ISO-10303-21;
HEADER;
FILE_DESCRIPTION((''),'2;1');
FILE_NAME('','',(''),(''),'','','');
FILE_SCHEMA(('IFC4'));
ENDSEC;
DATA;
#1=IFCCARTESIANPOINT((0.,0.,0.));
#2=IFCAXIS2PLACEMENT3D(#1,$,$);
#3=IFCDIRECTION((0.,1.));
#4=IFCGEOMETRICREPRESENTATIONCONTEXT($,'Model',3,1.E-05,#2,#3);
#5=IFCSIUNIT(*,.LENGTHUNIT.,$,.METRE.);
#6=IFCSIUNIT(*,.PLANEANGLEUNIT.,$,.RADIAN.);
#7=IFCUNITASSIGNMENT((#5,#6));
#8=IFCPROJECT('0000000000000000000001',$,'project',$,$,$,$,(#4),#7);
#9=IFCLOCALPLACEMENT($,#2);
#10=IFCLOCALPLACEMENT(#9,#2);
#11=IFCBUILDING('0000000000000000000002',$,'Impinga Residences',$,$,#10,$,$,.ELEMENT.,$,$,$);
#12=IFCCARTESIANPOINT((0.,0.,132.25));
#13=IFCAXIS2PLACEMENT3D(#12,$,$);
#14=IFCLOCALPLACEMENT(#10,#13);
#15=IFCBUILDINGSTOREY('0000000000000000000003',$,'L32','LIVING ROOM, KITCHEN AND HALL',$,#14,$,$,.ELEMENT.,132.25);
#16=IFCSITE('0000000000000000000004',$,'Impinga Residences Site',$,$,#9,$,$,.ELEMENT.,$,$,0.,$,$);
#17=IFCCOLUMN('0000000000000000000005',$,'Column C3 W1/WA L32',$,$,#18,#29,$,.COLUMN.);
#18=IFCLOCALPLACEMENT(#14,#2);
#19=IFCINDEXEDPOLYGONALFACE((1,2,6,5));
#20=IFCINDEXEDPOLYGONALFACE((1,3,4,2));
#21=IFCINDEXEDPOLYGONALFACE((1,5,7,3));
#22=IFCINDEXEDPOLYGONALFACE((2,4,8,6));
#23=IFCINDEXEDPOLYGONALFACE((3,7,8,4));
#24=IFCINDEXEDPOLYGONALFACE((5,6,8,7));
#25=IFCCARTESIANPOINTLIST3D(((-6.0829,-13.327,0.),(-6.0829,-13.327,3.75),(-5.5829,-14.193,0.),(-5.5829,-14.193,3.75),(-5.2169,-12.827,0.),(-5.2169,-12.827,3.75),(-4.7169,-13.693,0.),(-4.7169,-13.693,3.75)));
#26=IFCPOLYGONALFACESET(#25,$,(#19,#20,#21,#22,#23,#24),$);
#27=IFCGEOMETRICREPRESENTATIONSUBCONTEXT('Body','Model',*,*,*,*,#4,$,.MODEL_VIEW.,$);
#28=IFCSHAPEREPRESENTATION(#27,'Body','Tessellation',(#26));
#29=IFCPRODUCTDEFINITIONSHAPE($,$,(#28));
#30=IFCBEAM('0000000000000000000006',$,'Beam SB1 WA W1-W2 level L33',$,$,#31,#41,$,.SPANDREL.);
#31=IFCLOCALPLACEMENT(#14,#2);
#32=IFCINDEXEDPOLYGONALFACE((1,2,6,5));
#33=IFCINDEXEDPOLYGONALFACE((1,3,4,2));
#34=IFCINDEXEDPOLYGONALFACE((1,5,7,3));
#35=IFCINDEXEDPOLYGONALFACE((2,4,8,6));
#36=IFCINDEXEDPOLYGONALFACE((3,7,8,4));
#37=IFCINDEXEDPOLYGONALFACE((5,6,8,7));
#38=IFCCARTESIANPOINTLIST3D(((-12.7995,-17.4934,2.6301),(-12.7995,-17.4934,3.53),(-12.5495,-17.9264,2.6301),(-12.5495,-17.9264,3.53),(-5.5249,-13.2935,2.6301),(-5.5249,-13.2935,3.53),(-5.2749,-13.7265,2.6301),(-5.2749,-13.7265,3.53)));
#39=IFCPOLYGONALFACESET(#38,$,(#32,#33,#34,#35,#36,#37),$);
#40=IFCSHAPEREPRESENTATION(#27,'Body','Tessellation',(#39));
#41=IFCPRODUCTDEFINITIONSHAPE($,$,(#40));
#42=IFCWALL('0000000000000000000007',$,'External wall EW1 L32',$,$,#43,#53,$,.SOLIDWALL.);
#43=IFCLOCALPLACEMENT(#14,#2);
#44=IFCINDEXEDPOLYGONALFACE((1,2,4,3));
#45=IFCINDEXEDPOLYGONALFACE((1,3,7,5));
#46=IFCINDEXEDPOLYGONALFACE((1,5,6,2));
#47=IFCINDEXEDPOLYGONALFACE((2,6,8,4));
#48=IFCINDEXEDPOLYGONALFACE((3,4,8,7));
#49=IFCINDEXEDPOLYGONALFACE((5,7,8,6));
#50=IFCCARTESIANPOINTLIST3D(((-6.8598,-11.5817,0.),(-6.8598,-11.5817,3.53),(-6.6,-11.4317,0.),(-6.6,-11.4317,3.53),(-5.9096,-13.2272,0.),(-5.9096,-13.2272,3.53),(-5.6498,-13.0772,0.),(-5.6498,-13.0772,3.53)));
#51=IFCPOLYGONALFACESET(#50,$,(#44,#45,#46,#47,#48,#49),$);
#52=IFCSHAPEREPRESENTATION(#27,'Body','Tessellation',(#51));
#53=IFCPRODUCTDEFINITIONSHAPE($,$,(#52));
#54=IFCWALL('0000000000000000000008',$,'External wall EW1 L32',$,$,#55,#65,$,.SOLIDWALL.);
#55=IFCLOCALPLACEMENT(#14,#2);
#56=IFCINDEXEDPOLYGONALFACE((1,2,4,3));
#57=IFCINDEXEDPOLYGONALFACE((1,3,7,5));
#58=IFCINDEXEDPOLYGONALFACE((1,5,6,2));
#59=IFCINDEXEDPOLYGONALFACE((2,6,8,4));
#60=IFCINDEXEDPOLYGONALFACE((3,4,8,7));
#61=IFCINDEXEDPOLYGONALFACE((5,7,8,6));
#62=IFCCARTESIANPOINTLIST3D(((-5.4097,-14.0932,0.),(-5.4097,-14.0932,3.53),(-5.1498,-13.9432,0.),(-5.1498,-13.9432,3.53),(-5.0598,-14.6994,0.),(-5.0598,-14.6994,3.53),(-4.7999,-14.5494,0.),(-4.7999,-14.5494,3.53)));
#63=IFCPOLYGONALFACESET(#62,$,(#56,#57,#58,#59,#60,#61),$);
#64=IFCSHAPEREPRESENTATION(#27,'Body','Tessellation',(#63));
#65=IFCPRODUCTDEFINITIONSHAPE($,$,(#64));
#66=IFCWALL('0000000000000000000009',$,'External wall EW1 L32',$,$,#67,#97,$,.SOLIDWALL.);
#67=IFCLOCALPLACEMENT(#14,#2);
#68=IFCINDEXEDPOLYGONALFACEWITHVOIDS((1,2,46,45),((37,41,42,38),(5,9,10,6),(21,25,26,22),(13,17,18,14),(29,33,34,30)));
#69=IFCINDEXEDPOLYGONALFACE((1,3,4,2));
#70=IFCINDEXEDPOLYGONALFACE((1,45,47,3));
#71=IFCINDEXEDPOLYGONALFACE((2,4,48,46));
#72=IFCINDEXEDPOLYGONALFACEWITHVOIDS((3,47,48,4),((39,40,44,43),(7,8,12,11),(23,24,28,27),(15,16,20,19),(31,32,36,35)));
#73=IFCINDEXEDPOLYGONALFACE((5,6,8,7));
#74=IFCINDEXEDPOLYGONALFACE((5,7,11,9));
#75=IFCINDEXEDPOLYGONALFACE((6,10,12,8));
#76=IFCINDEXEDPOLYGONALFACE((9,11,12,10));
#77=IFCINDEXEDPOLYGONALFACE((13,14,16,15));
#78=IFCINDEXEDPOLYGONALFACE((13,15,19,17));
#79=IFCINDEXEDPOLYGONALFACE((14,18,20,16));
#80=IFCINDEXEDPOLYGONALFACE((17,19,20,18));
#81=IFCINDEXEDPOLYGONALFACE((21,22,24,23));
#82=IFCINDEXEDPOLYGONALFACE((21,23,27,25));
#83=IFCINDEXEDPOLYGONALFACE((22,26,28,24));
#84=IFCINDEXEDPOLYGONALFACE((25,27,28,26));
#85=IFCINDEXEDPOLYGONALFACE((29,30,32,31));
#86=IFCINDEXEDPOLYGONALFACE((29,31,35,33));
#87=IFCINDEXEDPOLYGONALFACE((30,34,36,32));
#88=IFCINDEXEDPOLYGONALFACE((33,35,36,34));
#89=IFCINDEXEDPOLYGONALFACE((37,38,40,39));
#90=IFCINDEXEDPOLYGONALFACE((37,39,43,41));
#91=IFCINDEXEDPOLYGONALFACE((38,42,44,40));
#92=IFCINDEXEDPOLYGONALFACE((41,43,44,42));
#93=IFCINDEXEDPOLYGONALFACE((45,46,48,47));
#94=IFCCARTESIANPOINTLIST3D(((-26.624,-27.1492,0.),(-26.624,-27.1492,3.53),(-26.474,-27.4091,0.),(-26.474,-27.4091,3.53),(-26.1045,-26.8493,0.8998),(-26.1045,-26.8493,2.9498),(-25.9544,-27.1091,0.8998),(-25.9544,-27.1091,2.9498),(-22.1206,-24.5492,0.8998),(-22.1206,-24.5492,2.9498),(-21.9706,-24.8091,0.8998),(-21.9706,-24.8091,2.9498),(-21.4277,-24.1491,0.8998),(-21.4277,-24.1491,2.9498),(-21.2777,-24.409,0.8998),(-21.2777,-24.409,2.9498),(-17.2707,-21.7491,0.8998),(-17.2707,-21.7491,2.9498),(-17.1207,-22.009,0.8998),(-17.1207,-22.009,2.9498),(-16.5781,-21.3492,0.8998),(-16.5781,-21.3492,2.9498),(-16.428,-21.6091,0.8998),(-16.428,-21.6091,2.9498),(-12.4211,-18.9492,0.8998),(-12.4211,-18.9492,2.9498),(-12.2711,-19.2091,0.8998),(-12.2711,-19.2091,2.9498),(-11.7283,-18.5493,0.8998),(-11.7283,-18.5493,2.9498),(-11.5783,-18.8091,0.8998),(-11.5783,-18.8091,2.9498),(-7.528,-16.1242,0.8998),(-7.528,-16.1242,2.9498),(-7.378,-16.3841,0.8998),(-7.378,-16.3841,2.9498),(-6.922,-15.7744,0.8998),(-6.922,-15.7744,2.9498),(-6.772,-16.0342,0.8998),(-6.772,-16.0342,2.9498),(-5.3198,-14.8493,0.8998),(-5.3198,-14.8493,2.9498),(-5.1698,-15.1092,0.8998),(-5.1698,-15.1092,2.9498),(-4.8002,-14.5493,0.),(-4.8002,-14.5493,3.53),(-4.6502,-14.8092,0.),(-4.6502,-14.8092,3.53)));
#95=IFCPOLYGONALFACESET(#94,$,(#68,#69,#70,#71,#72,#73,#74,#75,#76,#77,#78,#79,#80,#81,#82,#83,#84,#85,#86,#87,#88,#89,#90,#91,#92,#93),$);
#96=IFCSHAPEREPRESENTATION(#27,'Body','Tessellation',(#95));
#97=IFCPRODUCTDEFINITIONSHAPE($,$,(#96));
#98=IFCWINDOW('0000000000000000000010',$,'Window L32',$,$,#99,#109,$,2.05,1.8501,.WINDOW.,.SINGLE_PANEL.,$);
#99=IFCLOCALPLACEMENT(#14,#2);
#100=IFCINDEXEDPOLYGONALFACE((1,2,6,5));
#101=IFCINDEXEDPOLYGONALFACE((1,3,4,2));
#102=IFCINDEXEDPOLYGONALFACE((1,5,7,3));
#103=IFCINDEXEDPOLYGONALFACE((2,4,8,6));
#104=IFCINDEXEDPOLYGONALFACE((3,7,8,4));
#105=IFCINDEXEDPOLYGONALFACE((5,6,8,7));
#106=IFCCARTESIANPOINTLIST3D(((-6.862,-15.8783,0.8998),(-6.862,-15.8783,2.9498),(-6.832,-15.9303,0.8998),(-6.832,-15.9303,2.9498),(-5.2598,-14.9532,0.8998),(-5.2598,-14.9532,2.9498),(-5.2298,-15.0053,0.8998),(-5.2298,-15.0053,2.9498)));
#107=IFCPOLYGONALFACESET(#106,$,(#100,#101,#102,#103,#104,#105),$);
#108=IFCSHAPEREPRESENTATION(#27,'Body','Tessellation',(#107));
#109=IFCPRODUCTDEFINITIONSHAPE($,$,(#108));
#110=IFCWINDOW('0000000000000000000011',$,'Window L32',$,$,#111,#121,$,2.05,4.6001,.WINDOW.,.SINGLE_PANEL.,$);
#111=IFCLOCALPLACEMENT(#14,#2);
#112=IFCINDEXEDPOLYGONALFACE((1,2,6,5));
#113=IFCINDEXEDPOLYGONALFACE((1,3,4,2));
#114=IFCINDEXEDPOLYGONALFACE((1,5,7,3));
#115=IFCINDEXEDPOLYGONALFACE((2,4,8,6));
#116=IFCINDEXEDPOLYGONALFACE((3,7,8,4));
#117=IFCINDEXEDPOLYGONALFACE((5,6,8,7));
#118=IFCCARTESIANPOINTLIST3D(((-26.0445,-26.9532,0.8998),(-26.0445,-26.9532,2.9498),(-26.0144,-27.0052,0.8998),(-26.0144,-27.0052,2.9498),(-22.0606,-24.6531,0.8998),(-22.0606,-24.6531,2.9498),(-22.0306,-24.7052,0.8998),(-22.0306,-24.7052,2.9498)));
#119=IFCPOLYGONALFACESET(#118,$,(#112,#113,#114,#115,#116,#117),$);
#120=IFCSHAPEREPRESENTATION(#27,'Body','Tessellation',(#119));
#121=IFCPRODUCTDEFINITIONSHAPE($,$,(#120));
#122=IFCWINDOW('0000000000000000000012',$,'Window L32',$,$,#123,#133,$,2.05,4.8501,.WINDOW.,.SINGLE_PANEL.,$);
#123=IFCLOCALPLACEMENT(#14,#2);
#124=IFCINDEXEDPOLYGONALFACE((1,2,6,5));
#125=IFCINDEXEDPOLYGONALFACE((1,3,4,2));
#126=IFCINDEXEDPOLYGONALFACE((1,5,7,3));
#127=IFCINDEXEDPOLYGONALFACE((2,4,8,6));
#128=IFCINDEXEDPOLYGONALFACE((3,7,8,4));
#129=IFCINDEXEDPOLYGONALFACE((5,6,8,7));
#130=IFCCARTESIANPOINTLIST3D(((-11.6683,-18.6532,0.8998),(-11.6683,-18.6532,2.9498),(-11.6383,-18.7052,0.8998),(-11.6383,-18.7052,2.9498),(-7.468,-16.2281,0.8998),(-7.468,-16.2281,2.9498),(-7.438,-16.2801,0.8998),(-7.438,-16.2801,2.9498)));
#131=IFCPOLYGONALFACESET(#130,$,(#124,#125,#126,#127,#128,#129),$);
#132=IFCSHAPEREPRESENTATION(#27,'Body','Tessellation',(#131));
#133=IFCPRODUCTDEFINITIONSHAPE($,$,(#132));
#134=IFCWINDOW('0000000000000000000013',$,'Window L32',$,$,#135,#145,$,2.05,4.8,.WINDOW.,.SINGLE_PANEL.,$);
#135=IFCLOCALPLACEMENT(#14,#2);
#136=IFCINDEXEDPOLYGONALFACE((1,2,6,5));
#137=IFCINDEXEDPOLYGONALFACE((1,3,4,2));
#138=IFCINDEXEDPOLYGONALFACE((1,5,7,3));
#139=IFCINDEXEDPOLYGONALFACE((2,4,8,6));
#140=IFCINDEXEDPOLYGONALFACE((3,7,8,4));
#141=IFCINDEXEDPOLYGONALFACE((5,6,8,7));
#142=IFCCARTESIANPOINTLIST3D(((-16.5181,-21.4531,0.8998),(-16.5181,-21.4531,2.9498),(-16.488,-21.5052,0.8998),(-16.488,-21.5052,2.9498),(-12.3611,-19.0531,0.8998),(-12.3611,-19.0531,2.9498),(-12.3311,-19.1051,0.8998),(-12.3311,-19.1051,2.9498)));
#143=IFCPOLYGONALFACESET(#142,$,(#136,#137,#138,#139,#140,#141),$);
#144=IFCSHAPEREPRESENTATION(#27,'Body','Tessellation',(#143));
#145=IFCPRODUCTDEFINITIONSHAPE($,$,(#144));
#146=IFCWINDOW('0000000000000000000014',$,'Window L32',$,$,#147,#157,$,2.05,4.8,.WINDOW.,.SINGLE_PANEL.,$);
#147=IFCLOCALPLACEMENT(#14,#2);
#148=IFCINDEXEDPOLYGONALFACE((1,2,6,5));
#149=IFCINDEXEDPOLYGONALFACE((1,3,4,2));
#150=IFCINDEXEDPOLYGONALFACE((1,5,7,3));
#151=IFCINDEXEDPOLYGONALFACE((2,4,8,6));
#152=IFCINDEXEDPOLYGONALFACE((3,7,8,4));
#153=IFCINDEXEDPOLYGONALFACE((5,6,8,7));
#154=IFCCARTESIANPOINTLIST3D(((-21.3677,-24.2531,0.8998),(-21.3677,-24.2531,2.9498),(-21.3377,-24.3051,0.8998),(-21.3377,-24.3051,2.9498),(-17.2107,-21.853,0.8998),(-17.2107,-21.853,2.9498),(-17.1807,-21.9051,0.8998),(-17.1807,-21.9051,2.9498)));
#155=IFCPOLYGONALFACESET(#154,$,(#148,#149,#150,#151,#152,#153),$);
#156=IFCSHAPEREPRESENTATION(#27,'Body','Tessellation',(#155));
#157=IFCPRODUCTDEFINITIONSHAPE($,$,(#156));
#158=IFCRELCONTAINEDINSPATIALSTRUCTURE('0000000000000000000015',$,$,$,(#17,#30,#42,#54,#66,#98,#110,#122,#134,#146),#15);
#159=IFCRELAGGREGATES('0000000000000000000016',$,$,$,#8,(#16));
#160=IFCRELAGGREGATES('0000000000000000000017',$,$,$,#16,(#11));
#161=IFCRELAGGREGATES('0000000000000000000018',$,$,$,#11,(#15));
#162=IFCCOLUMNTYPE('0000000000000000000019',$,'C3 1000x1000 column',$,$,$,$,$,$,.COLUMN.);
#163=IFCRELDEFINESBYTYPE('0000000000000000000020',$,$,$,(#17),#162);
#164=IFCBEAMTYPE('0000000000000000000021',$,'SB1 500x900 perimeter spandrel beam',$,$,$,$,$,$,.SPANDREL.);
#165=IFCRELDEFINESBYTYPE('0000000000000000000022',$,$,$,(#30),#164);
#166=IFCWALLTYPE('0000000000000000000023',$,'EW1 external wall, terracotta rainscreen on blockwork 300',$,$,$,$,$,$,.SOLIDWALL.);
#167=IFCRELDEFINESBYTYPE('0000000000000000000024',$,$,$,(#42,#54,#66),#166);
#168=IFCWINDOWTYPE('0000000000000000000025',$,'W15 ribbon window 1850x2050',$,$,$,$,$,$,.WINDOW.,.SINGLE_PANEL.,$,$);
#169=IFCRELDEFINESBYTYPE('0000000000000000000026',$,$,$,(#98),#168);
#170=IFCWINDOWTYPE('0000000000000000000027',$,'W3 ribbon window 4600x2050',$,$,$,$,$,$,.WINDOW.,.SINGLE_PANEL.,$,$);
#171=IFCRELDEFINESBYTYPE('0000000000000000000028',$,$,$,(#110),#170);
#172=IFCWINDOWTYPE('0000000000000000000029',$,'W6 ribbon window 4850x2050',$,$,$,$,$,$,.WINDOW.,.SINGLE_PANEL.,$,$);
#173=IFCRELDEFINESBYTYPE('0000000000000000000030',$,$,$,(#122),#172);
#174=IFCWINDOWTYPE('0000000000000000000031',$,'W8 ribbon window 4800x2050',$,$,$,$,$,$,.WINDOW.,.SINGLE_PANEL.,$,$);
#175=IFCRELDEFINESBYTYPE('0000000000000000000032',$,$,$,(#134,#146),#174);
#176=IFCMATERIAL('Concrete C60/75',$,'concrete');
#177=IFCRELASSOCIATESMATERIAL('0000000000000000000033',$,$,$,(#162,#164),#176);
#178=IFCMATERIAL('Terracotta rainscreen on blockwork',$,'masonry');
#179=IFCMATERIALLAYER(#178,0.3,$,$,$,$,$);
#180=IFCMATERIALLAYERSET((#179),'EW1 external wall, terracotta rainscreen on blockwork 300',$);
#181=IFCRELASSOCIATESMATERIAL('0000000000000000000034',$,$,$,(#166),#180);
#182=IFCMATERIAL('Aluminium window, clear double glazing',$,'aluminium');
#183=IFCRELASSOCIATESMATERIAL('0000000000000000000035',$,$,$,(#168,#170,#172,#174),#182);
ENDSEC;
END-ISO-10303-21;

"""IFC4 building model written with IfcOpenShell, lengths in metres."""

from ifc_helpers import new_model, si_unit, direction, frame, frame_2d, origin, origin_2d, place, context, subcontext, project, spatial, rectangle, extrude, material, layer, layer_set, material_profile, profile_set, type_object, element, fill, save


model = new_model("IFC4")

# Units and contexts
model_context = context("Model", 3, precision=1e-05, world=origin(), true_north=direction((0.0, 1.0)))
body_context = subcontext(model_context, "Body", "Model", "MODEL_VIEW")
ifc_project = project(units=[si_unit("LENGTHUNIT", "METRE"), si_unit("PLANEANGLEUNIT", "RADIAN")], contexts=[model_context])

# Site, building, storey
site_placement = place(None, origin())
site = spatial("IfcSite", under=ifc_project, at=site_placement, Name="Impinga Residences Site", CompositionType="ELEMENT", RefElevation=0.0)
building_placement = place(site_placement, origin())
building = spatial("IfcBuilding", under=site, at=building_placement, Name="Impinga Residences", CompositionType="ELEMENT")
storey_placement = place(building_placement, frame((0.0, 0.0, 132.25)))
storey = spatial("IfcBuildingStorey", under=building, at=storey_placement, Name="L32", Description="LIVING ROOM, KITCHEN AND HALL", CompositionType="ELEMENT", Elevation=132.25)

# Column
ifc_material_1 = material(Name="Concrete C60/75", Category="concrete")
ifc_material_profile_1 = material_profile(ifc_material_1, rectangle(XDim=1.0, YDim=1.0, at=origin_2d()), Name="RC 1000x1000")
ifc_profile_set_1 = profile_set([ifc_material_profile_1], Name="Concrete C60/75")
column_type = type_object("IfcColumnType", Name="C3 1000x1000 column", PredefinedType="COLUMN", material=ifc_profile_set_1)
column_placement = place(storey_placement, frame((-5.3999, -13.51, 0.0), z_axis=(0.0, 0.0, 1.0), x_axis=(-0.5, 0.866025, 0.0)))
element("IfcColumn", 1, at=column_placement, inside=storey, type_object=column_type, Name="Column C3 W1/WA L32", PredefinedType="COLUMN", context=body_context, shape_type="SweptSolid", body=[
    extrude(rectangle(XDim=1.0, YDim=1.0, at=origin_2d()), origin(), (0.0, 0.0, 1.0), 3.75),
])

# Beam
ifc_material_profile_2 = material_profile(ifc_material_1, rectangle(XDim=0.5, YDim=0.8999, at=origin_2d()), Name="RC 500x900")
ifc_profile_set_2 = profile_set([ifc_material_profile_2], Name="Concrete C60/75")
beam_type = type_object("IfcBeamType", Name="SB1 500x900 perimeter spandrel beam", PredefinedType="SPANDREL", material=ifc_profile_set_2)
beam_placement = place(storey_placement, frame((-5.3999, -13.51, 3.0801), z_axis=(-0.866029, -0.499993, 0.0), x_axis=(0.499993, -0.866029, 0.0)))
element("IfcBeam", 2, at=beam_placement, inside=storey, type_object=beam_type, Name="Beam SB1 WA W1-W2 level L33", PredefinedType="SPANDREL", context=body_context, shape_type="SweptSolid", body=[
    extrude(rectangle(XDim=0.5, YDim=0.8999, at=origin_2d()), origin(), (0.0, 0.0, 1.0), 8.3999),
])

# Walls
ifc_material_2 = material(Name="Terracotta rainscreen on blockwork", Category="masonry")
ifc_layer_1 = layer(ifc_material_2, 0.3)
ifc_layer_set_1 = layer_set([ifc_layer_1], Name="EW1 external wall, terracotta rainscreen on blockwork 300")
wall_type_1 = type_object("IfcWallType", Name="EW1 external wall, terracotta rainscreen on blockwork 300", PredefinedType="SOLIDWALL", material=ifc_layer_set_1)
wall_1_placement = place(storey_placement, frame((-6.73, -11.5066, 0.0), z_axis=(0.0, 0.0, 1.0), x_axis=(0.500064, -0.865989, 0.0)))
element("IfcWall", 3, at=wall_1_placement, inside=storey, type_object=wall_type_1, Name="External wall EW1 L32", PredefinedType="SOLIDWALL", context=body_context, shape_type="SweptSolid", body=[
    extrude(rectangle(XDim=1.9001, YDim=0.3, at=frame_2d((0.9502, 0.0))), origin(), (0.0, 0.0, 1.0), 3.53),
])
wall_2_placement = place(storey_placement, frame((-5.2798, -14.0181, 0.0), z_axis=(0.0, 0.0, 1.0), x_axis=(0.499853, -0.86611, 0.0)))
element("IfcWall", 4, at=wall_2_placement, inside=storey, type_object=wall_type_1, Name="External wall EW1 L32", PredefinedType="SOLIDWALL", context=body_context, shape_type="SweptSolid", body=[
    extrude(rectangle(XDim=0.7, YDim=0.3, at=frame_2d((0.3501, 0.0))), origin(), (0.0, 0.0, 1.0), 3.53),
])

# Wall, openings, windows
wall_3_placement = place(storey_placement, frame((-4.7251, -14.6792, 0.0), z_axis=(0.0, 0.0, 1.0), x_axis=(-0.866027, -0.499998, 0.0)))
wall_3 = element("IfcWall", 5, at=wall_3_placement, inside=storey, type_object=wall_type_1, Name="External wall EW1 L32", PredefinedType="SOLIDWALL", context=body_context, shape_type="SweptSolid", body=[
    extrude(rectangle(XDim=25.2, YDim=0.3, at=frame_2d((12.6001, 0.0))), origin(), (0.0, 0.0, 1.0), 3.53),
])
opening_1_placement = place(wall_3_placement, frame((0.6001, 0.0, 0.8999)))
opening_1 = element("IfcOpeningElement", 6, at=opening_1_placement, cuts=wall_3, PredefinedType="OPENING", context=body_context, shape_type="SweptSolid", body=[
    extrude(rectangle(XDim=1.8501, YDim=2.05, at=frame_2d((0.925, 1.0249))), frame((0.0, 0.1599, 0.0), z_axis=(0.0, -1.0, 0.0), x_axis=(1.0, 0.0, 0.0)), (0.0, 0.0, 1.0), 0.3201),
])
opening_2_placement = place(wall_3_placement, frame((3.1499, 0.0, 0.8999)))
opening_2 = element("IfcOpeningElement", 7, at=opening_2_placement, cuts=wall_3, PredefinedType="OPENING", context=body_context, shape_type="SweptSolid", body=[
    extrude(rectangle(XDim=4.8501, YDim=2.05, at=frame_2d((2.425, 1.0249))), frame((0.0, 0.1599, 0.0), z_axis=(0.0, -1.0, 0.0), x_axis=(1.0, 0.0, 0.0)), (0.0, 0.0, 1.0), 0.3201),
])
opening_3_placement = place(wall_3_placement, frame((8.8, 0.0, 0.8999)))
opening_3 = element("IfcOpeningElement", 8, at=opening_3_placement, cuts=wall_3, PredefinedType="OPENING", context=body_context, shape_type="SweptSolid", body=[
    extrude(rectangle(XDim=4.8, YDim=2.05, at=frame_2d((2.3999, 1.0249))), frame((0.0, 0.1599, 0.0), z_axis=(0.0, -1.0, 0.0), x_axis=(1.0, 0.0, 0.0)), (0.0, 0.0, 1.0), 0.3201),
])
opening_4_placement = place(wall_3_placement, frame((14.3999, 0.0, 0.8999)))
opening_4 = element("IfcOpeningElement", 9, at=opening_4_placement, cuts=wall_3, PredefinedType="OPENING", context=body_context, shape_type="SweptSolid", body=[
    extrude(rectangle(XDim=4.8, YDim=2.05, at=frame_2d((2.3999, 1.0249))), frame((0.0, 0.1599, 0.0), z_axis=(0.0, -1.0, 0.0), x_axis=(1.0, 0.0, 0.0)), (0.0, 0.0, 1.0), 0.3201),
])
opening_5_placement = place(wall_3_placement, frame((20.0, 0.0, 0.8999)))
opening_5 = element("IfcOpeningElement", 10, at=opening_5_placement, cuts=wall_3, PredefinedType="OPENING", context=body_context, shape_type="SweptSolid", body=[
    extrude(rectangle(XDim=4.6001, YDim=2.05, at=frame_2d((2.3, 1.0249))), frame((0.0, 0.1599, 0.0), z_axis=(0.0, -1.0, 0.0), x_axis=(1.0, 0.0, 0.0)), (0.0, 0.0, 1.0), 0.3201),
])
ifc_material_3 = material(Name="Aluminium window, clear double glazing", Category="aluminium")
window_type_1 = type_object("IfcWindowType", Name="W15 ribbon window 1850x2050", PartitioningType="SINGLE_PANEL", PredefinedType="WINDOW", material=ifc_material_3)
window_1_placement = place(opening_1_placement, origin())
window_1 = element("IfcWindow", 11, at=window_1_placement, inside=storey, type_object=window_type_1, Name="Window L32", OverallHeight=2.05, OverallWidth=1.8501, PartitioningType="SINGLE_PANEL", PredefinedType="WINDOW", context=body_context, shape_type="SweptSolid", body=[
    extrude(rectangle(XDim=1.8501, YDim=2.05, at=frame_2d((0.925, 1.0249))), frame((0.0, 0.03, 0.0), z_axis=(0.0, -1.0, 0.0), x_axis=(1.0, 0.0, 0.0)), (0.0, 0.0, 1.0), 0.0601),
])
fill(opening_1, window_1)
window_type_2 = type_object("IfcWindowType", Name="W3 ribbon window 4600x2050", PartitioningType="SINGLE_PANEL", PredefinedType="WINDOW", material=ifc_material_3)
window_2_placement = place(opening_5_placement, origin())
window_2 = element("IfcWindow", 12, at=window_2_placement, inside=storey, type_object=window_type_2, Name="Window L32", OverallHeight=2.05, OverallWidth=4.6001, PartitioningType="SINGLE_PANEL", PredefinedType="WINDOW", context=body_context, shape_type="SweptSolid", body=[
    extrude(rectangle(XDim=4.6001, YDim=2.05, at=frame_2d((2.3, 1.0249))), frame((0.0, 0.03, 0.0), z_axis=(0.0, -1.0, 0.0), x_axis=(1.0, 0.0, 0.0)), (0.0, 0.0, 1.0), 0.0601),
])
fill(opening_5, window_2)
window_type_3 = type_object("IfcWindowType", Name="W6 ribbon window 4850x2050", PartitioningType="SINGLE_PANEL", PredefinedType="WINDOW", material=ifc_material_3)
window_3_placement = place(opening_2_placement, origin())
window_3 = element("IfcWindow", 13, at=window_3_placement, inside=storey, type_object=window_type_3, Name="Window L32", OverallHeight=2.05, OverallWidth=4.8501, PartitioningType="SINGLE_PANEL", PredefinedType="WINDOW", context=body_context, shape_type="SweptSolid", body=[
    extrude(rectangle(XDim=4.8501, YDim=2.05, at=frame_2d((2.425, 1.0249))), frame((0.0, 0.03, 0.0), z_axis=(0.0, -1.0, 0.0), x_axis=(1.0, 0.0, 0.0)), (0.0, 0.0, 1.0), 0.0601),
])
fill(opening_2, window_3)
window_type_4 = type_object("IfcWindowType", Name="W8 ribbon window 4800x2050", PartitioningType="SINGLE_PANEL", PredefinedType="WINDOW", material=ifc_material_3)
window_4_placement = place(opening_3_placement, origin())
window_4 = element("IfcWindow", 14, at=window_4_placement, inside=storey, type_object=window_type_4, Name="Window L32", OverallHeight=2.05, OverallWidth=4.8, PartitioningType="SINGLE_PANEL", PredefinedType="WINDOW", context=body_context, shape_type="SweptSolid", body=[
    extrude(rectangle(XDim=4.8, YDim=2.05, at=frame_2d((2.3999, 1.0249))), frame((0.0, 0.03, 0.0), z_axis=(0.0, -1.0, 0.0), x_axis=(1.0, 0.0, 0.0)), (0.0, 0.0, 1.0), 0.0601),
])
fill(opening_3, window_4)
window_5_placement = place(opening_4_placement, origin())
window_5 = element("IfcWindow", 15, at=window_5_placement, inside=storey, type_object=window_type_4, Name="Window L32", OverallHeight=2.05, OverallWidth=4.8, PartitioningType="SINGLE_PANEL", PredefinedType="WINDOW", context=body_context, shape_type="SweptSolid", body=[
    extrude(rectangle(XDim=4.8, YDim=2.05, at=frame_2d((2.3999, 1.0249))), frame((0.0, 0.03, 0.0), z_axis=(0.0, -1.0, 0.0), x_axis=(1.0, 0.0, 0.0)), (0.0, 0.0, 1.0), 0.0601),
])
fill(opening_4, window_5)

save(model, "model.ifc")
